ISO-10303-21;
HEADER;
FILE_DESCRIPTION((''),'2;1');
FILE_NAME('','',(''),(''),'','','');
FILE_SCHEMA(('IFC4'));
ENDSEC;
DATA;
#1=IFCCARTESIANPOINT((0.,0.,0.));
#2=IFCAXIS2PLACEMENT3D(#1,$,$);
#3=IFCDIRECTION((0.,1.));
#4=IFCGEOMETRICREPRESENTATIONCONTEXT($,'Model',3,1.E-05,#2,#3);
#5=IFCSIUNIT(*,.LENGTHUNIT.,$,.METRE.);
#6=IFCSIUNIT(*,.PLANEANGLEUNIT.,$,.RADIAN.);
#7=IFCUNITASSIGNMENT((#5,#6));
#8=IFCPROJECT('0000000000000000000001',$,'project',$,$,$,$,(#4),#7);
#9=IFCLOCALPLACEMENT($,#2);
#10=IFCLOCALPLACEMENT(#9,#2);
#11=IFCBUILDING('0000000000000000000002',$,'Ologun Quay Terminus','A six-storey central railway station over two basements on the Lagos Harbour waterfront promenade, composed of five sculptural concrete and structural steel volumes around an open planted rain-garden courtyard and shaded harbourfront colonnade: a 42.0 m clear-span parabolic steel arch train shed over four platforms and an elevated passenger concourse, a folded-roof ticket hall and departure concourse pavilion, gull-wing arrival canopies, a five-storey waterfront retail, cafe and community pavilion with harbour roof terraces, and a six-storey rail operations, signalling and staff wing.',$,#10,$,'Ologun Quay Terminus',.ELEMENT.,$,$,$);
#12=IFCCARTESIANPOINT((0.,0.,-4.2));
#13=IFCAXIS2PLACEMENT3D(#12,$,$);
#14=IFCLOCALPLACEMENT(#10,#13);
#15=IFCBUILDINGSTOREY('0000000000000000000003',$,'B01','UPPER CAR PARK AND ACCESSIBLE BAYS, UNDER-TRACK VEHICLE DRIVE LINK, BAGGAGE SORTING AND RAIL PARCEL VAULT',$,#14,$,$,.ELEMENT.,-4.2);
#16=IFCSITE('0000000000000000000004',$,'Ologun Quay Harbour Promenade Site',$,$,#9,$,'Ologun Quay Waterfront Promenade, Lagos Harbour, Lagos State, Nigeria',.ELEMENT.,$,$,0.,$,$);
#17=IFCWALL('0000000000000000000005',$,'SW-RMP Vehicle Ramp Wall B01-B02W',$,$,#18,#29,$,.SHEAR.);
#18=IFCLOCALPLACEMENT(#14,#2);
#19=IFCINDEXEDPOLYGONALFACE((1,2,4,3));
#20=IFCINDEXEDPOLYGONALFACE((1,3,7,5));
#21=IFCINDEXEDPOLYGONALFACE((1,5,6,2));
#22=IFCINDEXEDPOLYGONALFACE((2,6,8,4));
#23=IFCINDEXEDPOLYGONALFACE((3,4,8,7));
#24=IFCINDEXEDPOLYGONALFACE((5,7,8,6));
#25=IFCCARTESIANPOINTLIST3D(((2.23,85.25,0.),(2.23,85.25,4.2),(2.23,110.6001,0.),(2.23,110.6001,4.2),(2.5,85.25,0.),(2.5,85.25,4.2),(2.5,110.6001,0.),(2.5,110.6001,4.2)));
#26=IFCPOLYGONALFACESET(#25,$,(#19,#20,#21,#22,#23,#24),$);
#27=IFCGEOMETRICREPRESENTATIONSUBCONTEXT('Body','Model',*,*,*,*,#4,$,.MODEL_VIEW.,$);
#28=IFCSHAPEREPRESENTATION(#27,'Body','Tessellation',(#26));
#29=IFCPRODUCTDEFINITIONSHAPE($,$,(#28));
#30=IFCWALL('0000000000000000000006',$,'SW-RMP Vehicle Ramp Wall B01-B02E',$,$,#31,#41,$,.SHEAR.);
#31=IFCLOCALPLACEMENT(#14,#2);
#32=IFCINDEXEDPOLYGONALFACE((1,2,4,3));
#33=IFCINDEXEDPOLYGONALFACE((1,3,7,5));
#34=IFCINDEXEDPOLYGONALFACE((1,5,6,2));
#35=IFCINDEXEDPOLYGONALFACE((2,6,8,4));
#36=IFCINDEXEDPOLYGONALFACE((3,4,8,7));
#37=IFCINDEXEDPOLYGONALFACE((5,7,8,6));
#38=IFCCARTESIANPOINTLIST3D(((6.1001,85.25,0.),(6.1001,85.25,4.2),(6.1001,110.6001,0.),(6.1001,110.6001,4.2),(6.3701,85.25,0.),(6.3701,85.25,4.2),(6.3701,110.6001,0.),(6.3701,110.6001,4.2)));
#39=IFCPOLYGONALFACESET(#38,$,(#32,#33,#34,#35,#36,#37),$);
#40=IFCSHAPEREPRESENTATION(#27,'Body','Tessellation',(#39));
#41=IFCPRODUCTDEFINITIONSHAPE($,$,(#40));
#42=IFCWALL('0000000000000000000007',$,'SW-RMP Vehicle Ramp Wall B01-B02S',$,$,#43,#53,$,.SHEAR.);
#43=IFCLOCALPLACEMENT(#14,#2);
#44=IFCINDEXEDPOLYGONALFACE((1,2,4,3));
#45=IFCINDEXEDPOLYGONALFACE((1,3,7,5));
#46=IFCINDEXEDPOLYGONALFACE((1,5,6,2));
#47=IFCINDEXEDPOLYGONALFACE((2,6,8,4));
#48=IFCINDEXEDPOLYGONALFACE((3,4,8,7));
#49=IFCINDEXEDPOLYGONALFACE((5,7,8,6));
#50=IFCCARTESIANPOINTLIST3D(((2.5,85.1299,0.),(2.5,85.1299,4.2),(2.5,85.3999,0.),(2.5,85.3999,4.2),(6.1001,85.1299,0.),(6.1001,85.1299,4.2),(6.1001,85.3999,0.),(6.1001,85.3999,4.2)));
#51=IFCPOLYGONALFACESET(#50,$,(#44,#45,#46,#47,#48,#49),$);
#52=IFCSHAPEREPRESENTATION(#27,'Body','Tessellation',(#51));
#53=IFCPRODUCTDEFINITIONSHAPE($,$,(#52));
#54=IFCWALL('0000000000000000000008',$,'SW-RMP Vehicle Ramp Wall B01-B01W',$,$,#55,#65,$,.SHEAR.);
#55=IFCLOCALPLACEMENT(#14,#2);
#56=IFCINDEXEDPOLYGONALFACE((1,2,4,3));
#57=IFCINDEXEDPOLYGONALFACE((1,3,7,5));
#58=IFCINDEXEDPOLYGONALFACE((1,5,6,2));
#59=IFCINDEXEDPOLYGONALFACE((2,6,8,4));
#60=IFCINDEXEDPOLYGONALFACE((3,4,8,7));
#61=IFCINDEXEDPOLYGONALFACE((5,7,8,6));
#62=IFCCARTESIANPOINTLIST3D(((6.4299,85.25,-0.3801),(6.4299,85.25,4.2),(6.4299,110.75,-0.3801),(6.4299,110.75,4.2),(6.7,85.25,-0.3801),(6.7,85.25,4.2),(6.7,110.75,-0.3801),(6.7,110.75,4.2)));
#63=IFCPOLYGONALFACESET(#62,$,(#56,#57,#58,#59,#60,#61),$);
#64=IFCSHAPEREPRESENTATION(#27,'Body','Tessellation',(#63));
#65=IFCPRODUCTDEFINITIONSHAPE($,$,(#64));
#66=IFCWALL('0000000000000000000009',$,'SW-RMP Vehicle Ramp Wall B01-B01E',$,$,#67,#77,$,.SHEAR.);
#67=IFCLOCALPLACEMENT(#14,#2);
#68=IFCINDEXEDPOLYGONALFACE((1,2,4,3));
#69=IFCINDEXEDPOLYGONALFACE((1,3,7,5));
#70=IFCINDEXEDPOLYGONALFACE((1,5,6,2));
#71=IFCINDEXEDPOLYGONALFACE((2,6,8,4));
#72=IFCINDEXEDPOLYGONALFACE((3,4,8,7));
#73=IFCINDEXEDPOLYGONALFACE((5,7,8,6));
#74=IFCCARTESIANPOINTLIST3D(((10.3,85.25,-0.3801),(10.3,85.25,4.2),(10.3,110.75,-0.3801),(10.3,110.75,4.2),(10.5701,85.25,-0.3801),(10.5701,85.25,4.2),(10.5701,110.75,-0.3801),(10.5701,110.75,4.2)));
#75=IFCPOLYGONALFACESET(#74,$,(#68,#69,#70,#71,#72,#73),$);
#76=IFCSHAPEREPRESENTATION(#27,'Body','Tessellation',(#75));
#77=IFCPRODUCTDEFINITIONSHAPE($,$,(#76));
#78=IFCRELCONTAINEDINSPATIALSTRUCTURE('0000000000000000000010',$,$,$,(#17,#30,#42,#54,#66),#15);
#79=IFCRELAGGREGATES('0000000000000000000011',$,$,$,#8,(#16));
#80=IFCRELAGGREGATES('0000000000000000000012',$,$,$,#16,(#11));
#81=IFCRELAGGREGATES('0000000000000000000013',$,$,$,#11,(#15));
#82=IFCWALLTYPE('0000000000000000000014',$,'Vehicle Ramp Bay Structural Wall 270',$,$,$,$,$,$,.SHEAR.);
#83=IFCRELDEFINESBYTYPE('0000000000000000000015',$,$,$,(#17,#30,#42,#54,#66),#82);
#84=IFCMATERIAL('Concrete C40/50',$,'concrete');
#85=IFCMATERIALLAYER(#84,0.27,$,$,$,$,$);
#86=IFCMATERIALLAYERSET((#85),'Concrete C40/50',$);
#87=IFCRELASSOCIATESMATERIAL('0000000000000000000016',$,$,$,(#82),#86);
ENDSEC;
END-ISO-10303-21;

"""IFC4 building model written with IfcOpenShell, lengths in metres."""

from ifc_helpers import new_model, si_unit, direction, frame, frame_2d, origin, place, context, subcontext, project, spatial, rectangle, extrude, material, layer, layer_set, type_object, element, save


model = new_model("IFC4")

# Units and contexts
model_context = context("Model", 3, precision=1e-05, world=origin(), true_north=direction((0.0, 1.0)))
body_context = subcontext(model_context, "Body", "Model", "MODEL_VIEW")
ifc_project = project(units=[si_unit("LENGTHUNIT", "METRE"), si_unit("PLANEANGLEUNIT", "RADIAN")], contexts=[model_context])

# Site, building, storey
site_placement = place(None, origin())
site = spatial("IfcSite", under=ifc_project, at=site_placement, Name="Ologun Quay Harbour Promenade Site", LongName="Ologun Quay Waterfront Promenade, Lagos Harbour, Lagos State, Nigeria", CompositionType="ELEMENT", RefElevation=0.0)
building_placement = place(site_placement, origin())
building = spatial("IfcBuilding", under=site, at=building_placement, Name="Ologun Quay Terminus", Description="A six-storey central railway station over two basements on the Lagos Harbour waterfront promenade, composed of five sculptural concrete and structural steel volumes around an open planted rain-garden courtyard and shaded harbourfront colonnade: a 42.0 m clear-span parabolic steel arch train shed over four platforms and an elevated passenger concourse, a folded-roof ticket hall and departure concourse pavilion, gull-wing arrival canopies, a five-storey waterfront retail, cafe and community pavilion with harbour roof terraces, and a six-storey rail operations, signalling and staff wing.", LongName="Ologun Quay Terminus", CompositionType="ELEMENT")
storey_placement = place(building_placement, frame((0.0, 0.0, -4.2)))
storey = spatial("IfcBuildingStorey", under=building, at=storey_placement, Name="B01", Description="UPPER CAR PARK AND ACCESSIBLE BAYS, UNDER-TRACK VEHICLE DRIVE LINK, BAGGAGE SORTING AND RAIL PARCEL VAULT", CompositionType="ELEMENT", Elevation=-4.2)

# Walls
ifc_material_1 = material(Name="Concrete C40/50", Category="concrete")
ifc_layer_1 = layer(ifc_material_1, 0.27)
ifc_layer_set_1 = layer_set([ifc_layer_1], Name="Concrete C40/50")
wall_type_1 = type_object("IfcWallType", Name="Vehicle Ramp Bay Structural Wall 270", PredefinedType="SHEAR", material=ifc_layer_set_1)
for number, where, z_axis, x_axis, name in (
    (1, (2.365, 85.25, 0.0), (0.0, 0.0, 1.0), (0.0, 1.0, 0.0), "SW-RMP Vehicle Ramp Wall B01-B02W"),
    (2, (6.2351, 85.25, 0.0), (0.0, 0.0, 1.0), (0.0, 1.0, 0.0), "SW-RMP Vehicle Ramp Wall B01-B02E"),
):
    element("IfcWall", number, at=place(storey_placement, frame(where, z_axis=z_axis, x_axis=x_axis)), inside=storey, type_object=wall_type_1, Name=name, PredefinedType="SHEAR", context=body_context, shape_type="SweptSolid", body=[
        extrude(rectangle(XDim=25.3501, YDim=0.27, at=frame_2d((12.675, 0.0))), origin(), (0.0, 0.0, 1.0), 4.2),
    ])
wall_1_placement = place(storey_placement, frame((2.5, 85.2649, 0.0), z_axis=(0.0, 0.0, 1.0), x_axis=(1.0, 0.0, 0.0)))
element("IfcWall", 3, at=wall_1_placement, inside=storey, type_object=wall_type_1, Name="SW-RMP Vehicle Ramp Wall B01-B02S", PredefinedType="SHEAR", context=body_context, shape_type="SweptSolid", body=[
    extrude(rectangle(XDim=3.6001, YDim=0.27, at=frame_2d((1.8, 0.0))), origin(), (0.0, 0.0, 1.0), 4.2),
])
for number, where, z_axis, x_axis, name in (
    (4, (6.5649, 85.25, -0.3801), (0.0, 0.0, 1.0), (0.0, 1.0, 0.0), "SW-RMP Vehicle Ramp Wall B01-B01W"),
    (5, (10.4351, 85.25, -0.3801), (0.0, 0.0, 1.0), (0.0, 1.0, 0.0), "SW-RMP Vehicle Ramp Wall B01-B01E"),
):
    element("IfcWall", number, at=place(storey_placement, frame(where, z_axis=z_axis, x_axis=x_axis)), inside=storey, type_object=wall_type_1, Name=name, PredefinedType="SHEAR", context=body_context, shape_type="SweptSolid", body=[
        extrude(rectangle(XDim=25.5, YDim=0.27, at=frame_2d((12.75, 0.0))), origin(), (0.0, 0.0, 1.0), 4.5801),
    ])

save(model, "model.ifc")
